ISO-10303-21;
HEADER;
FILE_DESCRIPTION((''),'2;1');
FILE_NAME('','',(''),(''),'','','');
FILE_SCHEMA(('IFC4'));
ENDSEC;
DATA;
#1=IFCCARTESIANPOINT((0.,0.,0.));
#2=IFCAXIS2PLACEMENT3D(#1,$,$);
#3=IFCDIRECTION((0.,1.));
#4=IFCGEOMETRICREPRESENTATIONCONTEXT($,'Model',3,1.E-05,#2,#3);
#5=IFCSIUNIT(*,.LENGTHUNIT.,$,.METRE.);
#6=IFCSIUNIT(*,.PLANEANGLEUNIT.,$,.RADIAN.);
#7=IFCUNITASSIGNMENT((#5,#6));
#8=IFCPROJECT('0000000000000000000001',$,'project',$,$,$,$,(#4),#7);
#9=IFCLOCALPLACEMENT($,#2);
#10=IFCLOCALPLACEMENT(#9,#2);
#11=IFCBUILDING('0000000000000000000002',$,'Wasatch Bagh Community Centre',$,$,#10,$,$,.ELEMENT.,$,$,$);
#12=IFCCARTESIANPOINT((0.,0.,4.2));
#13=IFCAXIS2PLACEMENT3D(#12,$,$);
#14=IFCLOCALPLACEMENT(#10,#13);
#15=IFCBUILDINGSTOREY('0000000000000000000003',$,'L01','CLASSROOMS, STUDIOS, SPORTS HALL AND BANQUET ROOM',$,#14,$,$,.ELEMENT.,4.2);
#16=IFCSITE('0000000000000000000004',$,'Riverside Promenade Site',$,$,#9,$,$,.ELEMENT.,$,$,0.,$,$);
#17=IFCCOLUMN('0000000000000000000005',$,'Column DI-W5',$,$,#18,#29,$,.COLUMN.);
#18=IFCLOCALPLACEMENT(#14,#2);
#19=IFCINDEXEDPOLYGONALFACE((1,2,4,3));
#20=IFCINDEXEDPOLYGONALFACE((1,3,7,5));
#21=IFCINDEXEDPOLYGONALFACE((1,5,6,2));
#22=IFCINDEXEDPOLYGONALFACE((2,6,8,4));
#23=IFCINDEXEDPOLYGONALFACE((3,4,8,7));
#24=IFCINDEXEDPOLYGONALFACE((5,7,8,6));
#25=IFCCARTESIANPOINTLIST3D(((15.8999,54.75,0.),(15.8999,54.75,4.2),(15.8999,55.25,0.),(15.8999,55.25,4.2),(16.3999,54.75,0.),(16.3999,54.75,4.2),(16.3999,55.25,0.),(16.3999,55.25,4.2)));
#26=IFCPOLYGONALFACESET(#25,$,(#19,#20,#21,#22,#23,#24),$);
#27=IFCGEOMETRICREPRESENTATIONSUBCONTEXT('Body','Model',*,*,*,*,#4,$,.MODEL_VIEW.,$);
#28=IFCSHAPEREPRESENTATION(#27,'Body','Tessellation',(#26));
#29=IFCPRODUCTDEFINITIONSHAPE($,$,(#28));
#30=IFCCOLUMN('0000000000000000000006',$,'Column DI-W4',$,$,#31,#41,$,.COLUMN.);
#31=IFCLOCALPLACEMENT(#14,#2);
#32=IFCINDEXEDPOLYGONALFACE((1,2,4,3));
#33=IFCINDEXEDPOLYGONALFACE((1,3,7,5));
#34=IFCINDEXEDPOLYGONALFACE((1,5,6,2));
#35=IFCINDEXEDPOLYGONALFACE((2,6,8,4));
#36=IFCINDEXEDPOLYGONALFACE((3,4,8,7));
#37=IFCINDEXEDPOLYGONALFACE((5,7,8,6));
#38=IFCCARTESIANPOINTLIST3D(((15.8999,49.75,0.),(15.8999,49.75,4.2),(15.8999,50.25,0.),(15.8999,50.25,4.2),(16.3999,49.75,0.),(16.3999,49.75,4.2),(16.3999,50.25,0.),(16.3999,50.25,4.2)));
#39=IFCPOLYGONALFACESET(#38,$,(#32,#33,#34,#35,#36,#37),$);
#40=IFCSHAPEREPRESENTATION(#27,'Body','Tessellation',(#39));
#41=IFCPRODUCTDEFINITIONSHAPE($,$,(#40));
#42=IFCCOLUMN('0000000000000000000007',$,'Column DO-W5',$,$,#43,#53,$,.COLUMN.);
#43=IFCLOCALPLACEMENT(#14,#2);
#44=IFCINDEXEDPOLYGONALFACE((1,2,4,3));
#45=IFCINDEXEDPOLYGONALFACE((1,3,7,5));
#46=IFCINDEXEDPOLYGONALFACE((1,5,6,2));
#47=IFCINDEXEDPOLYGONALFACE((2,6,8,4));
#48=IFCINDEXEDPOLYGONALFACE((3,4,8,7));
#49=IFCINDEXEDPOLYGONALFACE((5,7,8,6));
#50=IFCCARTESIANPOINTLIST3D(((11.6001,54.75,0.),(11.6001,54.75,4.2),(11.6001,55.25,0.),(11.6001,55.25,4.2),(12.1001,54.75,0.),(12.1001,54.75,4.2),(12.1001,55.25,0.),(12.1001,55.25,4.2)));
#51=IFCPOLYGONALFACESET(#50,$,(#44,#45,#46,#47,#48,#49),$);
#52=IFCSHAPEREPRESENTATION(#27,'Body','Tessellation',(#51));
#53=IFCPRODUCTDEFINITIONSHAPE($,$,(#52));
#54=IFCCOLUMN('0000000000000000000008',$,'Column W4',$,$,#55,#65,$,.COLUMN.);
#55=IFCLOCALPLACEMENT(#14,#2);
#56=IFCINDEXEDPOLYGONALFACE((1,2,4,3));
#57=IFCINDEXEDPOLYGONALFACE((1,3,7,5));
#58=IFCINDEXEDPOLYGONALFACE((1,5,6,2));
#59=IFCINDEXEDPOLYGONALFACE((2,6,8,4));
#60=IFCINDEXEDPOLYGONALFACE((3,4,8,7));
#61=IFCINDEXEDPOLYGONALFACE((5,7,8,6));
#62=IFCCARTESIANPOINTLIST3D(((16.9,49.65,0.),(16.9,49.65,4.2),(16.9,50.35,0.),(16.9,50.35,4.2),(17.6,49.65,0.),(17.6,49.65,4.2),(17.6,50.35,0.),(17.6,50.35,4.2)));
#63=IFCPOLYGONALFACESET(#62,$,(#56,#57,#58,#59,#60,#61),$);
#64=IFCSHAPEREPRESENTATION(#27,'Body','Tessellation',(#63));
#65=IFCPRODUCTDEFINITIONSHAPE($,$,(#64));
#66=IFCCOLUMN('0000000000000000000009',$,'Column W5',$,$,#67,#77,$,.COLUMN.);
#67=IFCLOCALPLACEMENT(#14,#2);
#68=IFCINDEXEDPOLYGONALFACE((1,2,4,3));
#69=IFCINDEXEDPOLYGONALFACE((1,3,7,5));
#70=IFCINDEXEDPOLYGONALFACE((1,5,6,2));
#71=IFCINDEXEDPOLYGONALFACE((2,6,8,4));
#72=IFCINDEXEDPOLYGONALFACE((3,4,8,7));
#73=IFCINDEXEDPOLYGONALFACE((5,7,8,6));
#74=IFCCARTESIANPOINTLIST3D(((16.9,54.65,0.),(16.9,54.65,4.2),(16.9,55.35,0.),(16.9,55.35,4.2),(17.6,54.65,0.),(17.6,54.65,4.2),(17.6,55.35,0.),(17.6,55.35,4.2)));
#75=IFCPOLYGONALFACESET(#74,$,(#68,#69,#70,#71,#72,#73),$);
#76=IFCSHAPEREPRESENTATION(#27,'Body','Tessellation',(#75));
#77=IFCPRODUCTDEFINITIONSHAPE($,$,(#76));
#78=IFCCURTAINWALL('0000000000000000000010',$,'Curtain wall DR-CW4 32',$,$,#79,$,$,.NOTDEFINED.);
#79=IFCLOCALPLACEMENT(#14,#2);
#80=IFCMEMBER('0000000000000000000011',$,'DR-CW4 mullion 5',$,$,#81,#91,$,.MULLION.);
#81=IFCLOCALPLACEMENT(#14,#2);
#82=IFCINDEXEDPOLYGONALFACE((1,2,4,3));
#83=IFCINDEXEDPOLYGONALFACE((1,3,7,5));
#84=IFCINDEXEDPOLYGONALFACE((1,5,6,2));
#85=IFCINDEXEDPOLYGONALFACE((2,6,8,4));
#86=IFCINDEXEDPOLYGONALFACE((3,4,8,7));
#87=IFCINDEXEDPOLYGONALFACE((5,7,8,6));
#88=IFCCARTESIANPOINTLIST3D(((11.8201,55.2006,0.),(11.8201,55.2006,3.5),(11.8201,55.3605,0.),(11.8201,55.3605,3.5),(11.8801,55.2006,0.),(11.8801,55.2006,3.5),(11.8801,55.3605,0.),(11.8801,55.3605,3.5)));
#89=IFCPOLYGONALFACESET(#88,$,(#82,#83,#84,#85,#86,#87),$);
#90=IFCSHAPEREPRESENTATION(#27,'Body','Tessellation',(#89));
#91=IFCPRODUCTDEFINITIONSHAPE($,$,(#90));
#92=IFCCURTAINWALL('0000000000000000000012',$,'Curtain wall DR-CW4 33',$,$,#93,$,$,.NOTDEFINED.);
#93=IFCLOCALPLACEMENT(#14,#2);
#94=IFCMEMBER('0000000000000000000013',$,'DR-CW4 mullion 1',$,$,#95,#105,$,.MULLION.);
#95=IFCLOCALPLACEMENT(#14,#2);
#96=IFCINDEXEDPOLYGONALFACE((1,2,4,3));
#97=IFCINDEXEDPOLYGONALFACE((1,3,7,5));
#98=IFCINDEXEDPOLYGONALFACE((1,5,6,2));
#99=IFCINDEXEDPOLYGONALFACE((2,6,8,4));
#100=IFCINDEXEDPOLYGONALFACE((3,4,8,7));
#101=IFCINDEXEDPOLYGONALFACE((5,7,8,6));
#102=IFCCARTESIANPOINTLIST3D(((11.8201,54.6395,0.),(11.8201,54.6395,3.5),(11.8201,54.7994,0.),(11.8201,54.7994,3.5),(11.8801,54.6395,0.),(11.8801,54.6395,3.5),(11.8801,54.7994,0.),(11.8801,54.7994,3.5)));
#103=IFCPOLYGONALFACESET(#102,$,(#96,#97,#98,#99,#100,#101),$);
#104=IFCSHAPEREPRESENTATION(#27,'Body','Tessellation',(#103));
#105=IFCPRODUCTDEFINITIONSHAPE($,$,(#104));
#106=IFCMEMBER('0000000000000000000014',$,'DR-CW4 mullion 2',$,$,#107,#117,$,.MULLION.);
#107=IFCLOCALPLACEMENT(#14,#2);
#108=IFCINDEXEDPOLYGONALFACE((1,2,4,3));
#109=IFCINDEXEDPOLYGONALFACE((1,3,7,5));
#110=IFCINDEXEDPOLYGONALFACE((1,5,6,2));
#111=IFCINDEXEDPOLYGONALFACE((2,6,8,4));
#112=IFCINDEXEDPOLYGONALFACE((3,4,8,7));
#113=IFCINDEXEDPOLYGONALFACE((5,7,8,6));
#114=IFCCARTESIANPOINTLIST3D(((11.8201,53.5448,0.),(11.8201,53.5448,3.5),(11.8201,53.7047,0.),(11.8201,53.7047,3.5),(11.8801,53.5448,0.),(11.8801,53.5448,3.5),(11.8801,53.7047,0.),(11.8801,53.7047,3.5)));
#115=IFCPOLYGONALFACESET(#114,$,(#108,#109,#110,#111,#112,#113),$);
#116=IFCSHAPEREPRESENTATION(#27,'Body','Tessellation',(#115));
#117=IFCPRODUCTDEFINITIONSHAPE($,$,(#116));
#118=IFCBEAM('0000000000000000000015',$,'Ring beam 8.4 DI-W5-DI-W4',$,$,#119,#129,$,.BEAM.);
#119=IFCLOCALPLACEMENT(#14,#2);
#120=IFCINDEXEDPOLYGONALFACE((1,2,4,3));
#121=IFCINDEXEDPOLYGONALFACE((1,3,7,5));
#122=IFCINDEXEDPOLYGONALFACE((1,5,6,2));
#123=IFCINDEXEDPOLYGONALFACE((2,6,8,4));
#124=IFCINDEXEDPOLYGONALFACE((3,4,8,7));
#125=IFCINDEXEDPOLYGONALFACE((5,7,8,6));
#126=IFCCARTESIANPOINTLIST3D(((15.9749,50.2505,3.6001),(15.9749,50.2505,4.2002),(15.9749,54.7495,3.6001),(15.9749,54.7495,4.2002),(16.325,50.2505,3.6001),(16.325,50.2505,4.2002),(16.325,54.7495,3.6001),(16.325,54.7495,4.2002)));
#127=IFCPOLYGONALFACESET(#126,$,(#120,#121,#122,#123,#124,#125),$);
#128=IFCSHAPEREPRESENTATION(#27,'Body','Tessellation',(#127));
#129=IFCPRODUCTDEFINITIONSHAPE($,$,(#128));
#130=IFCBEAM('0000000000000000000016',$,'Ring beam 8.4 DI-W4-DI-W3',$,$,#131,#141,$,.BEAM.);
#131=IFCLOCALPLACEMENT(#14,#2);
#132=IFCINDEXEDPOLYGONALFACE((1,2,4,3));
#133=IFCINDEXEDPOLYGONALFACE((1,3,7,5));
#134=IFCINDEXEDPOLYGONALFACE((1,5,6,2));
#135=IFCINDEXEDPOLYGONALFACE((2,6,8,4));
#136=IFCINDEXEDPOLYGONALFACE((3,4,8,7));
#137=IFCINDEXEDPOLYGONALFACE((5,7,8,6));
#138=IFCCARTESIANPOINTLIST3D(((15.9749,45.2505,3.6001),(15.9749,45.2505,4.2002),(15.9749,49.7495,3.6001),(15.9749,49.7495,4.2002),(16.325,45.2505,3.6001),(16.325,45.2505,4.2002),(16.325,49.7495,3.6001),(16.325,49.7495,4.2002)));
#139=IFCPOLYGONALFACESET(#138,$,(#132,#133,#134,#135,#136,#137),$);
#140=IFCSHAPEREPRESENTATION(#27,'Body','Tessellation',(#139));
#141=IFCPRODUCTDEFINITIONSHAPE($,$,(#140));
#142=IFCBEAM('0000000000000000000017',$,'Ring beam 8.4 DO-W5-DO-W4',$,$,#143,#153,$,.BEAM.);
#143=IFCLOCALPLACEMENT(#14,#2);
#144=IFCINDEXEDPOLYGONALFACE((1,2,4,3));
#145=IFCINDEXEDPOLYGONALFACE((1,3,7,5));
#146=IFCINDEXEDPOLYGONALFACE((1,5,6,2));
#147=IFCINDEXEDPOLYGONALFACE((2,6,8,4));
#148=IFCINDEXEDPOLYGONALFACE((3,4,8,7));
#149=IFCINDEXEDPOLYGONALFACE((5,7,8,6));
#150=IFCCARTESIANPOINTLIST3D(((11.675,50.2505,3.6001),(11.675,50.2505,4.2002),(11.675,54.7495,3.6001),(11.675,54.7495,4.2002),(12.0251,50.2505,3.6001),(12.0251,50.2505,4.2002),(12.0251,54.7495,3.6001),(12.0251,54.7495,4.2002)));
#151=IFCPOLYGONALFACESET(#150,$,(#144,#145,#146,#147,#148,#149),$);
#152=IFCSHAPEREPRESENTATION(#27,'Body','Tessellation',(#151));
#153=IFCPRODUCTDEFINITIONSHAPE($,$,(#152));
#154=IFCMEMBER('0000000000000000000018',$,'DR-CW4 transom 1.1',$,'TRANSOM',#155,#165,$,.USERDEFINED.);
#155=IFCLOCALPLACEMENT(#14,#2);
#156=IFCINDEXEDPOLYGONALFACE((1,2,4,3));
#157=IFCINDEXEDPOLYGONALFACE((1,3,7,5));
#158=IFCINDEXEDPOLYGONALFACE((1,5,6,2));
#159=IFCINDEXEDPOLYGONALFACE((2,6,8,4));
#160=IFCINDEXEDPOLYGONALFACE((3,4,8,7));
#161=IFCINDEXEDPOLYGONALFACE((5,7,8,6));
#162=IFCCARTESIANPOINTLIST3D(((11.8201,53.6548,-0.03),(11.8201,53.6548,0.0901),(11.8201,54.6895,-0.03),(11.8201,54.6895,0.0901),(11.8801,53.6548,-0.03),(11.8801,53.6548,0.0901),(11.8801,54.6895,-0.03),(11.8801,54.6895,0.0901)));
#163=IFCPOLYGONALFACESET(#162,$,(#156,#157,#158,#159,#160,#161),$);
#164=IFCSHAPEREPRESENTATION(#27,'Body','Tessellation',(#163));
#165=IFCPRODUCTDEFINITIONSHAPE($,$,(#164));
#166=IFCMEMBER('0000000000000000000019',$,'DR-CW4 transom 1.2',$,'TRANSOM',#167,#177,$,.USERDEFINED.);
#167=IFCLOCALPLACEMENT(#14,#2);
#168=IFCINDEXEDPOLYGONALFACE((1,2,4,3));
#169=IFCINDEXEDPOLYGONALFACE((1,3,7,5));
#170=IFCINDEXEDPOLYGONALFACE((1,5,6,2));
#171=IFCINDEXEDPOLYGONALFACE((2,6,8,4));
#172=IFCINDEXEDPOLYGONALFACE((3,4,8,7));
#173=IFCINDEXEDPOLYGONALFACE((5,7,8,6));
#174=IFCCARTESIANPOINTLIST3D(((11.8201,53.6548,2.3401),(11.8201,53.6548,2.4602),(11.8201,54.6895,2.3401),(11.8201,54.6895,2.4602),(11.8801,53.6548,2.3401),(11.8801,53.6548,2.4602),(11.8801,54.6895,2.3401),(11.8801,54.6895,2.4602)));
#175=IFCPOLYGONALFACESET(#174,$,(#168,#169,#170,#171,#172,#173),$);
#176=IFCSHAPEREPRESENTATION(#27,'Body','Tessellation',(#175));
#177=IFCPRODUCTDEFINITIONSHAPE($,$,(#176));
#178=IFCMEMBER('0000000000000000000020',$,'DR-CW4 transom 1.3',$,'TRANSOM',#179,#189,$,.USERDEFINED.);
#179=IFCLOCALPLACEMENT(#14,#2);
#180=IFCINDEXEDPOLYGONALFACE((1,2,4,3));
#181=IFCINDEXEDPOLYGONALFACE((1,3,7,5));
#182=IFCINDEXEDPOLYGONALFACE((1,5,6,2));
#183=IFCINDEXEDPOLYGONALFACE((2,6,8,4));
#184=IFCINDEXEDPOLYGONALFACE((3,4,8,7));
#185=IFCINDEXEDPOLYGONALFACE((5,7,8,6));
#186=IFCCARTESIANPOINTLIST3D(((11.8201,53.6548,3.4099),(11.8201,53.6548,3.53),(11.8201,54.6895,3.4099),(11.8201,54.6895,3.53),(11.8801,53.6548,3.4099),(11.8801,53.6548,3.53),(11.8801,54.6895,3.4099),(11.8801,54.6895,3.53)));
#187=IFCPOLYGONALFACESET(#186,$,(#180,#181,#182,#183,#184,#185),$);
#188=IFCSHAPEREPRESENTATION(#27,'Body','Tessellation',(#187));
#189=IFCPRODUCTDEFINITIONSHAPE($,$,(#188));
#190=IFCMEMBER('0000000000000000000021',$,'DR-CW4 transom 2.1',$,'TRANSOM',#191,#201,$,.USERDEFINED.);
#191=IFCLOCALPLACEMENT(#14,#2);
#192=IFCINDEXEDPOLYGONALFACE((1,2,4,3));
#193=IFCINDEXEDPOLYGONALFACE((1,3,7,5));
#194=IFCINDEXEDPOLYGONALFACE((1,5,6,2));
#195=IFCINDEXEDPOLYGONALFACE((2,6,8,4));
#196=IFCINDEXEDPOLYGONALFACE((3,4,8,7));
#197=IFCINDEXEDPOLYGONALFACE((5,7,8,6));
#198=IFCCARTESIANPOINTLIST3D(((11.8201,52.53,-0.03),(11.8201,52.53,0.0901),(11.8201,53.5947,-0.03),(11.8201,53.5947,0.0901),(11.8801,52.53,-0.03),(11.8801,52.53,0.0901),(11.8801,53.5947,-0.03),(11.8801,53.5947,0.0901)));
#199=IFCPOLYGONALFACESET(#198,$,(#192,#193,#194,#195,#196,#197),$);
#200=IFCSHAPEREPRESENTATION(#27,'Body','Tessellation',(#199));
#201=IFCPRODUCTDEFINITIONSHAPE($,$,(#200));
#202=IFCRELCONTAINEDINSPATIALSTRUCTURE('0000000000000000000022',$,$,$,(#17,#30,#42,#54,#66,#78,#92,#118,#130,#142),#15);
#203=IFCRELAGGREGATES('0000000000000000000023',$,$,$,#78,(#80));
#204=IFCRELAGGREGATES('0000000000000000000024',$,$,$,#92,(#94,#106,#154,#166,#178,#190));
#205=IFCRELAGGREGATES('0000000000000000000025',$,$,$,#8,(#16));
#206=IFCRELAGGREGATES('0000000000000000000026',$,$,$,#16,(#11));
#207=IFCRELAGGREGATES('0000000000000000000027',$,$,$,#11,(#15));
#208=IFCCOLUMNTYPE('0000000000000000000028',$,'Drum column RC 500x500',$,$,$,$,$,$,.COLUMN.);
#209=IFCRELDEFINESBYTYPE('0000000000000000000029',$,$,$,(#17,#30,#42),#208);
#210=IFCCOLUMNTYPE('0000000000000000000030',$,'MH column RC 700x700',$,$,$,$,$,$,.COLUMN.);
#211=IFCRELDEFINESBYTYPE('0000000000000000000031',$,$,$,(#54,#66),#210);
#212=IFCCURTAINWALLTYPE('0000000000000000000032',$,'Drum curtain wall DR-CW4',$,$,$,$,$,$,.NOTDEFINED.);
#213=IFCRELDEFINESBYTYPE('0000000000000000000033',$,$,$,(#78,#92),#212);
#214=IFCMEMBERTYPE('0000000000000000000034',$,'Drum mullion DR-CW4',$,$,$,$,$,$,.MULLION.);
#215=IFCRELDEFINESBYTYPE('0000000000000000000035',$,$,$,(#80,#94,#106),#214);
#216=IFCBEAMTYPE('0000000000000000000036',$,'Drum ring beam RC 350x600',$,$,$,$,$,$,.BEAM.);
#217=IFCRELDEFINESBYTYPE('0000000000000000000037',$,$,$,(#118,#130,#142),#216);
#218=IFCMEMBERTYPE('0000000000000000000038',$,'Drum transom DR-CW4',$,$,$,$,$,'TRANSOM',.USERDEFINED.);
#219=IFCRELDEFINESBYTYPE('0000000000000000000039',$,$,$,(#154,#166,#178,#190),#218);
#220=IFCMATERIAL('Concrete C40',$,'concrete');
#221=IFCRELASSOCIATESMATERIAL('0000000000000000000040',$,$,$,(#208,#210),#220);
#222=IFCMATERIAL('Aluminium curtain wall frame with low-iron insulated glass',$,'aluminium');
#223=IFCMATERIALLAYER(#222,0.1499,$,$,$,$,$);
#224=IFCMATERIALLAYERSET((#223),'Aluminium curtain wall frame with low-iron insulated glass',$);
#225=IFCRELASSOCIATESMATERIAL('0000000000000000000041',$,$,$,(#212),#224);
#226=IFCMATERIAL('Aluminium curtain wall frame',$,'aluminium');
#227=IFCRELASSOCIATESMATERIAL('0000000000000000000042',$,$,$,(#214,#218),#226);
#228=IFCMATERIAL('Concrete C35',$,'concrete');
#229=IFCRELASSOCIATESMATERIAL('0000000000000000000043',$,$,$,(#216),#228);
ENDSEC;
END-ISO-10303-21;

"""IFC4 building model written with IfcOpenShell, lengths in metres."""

from ifc_helpers import new_model, si_unit, direction, frame, origin, origin_2d, place, context, subcontext, project, spatial, rectangle, extrude, material, layer, layer_set, material_profile, profile_set, type_object, element, aggregate, save


model = new_model("IFC4")

# Units and contexts
model_context = context("Model", 3, precision=1e-05, world=origin(), true_north=direction((0.0, 1.0)))
body_context = subcontext(model_context, "Body", "Model", "MODEL_VIEW")
ifc_project = project(units=[si_unit("LENGTHUNIT", "METRE"), si_unit("PLANEANGLEUNIT", "RADIAN")], contexts=[model_context])

# Site, building, storey
site_placement = place(None, origin())
site = spatial("IfcSite", under=ifc_project, at=site_placement, Name="Riverside Promenade Site", CompositionType="ELEMENT", RefElevation=0.0)
building_placement = place(site_placement, origin())
building = spatial("IfcBuilding", under=site, at=building_placement, Name="Wasatch Bagh Community Centre", CompositionType="ELEMENT")
storey_placement = place(building_placement, frame((0.0, 0.0, 4.2)))
storey = spatial("IfcBuildingStorey", under=building, at=storey_placement, Name="L01", Description="CLASSROOMS, STUDIOS, SPORTS HALL AND BANQUET ROOM", CompositionType="ELEMENT", Elevation=4.2)

# Columns
ifc_material_1 = material(Name="Concrete C40", Category="concrete")
ifc_material_profile_1 = material_profile(ifc_material_1, rectangle(XDim=0.5, YDim=0.5, at=origin_2d()), Name="RC 500x500")
ifc_profile_set_1 = profile_set([ifc_material_profile_1], Name="Concrete C40")
column_type_1 = type_object("IfcColumnType", Name="Drum column RC 500x500", PredefinedType="COLUMN", material=ifc_profile_set_1)
for number, where, z_axis, x_axis, name in (
    (1, (16.1499, 55.0, 0.0), (0.0, 0.0, 1.0), (1.0, 0.0, 0.0), "Column DI-W5"),
    (2, (16.1499, 50.0, 0.0), (0.0, 0.0, 1.0), (1.0, 0.0, 0.0), "Column DI-W4"),
    (3, (11.8501, 55.0, 0.0), (0.0, 0.0, 1.0), (1.0, 0.0, 0.0), "Column DO-W5"),
):
    element("IfcColumn", number, at=place(storey_placement, frame(where, z_axis=z_axis, x_axis=x_axis)), inside=storey, type_object=column_type_1, Name=name, PredefinedType="COLUMN", context=body_context, shape_type="SweptSolid", body=[
        extrude(rectangle(XDim=0.5, YDim=0.5, at=origin_2d()), origin(), (0.0, 0.0, 1.0), 4.2),
    ])
ifc_material_profile_2 = material_profile(ifc_material_1, rectangle(XDim=0.7, YDim=0.7, at=origin_2d()), Name="RC 700x700")
ifc_profile_set_2 = profile_set([ifc_material_profile_2], Name="Concrete C40")
column_type_2 = type_object("IfcColumnType", Name="MH column RC 700x700", PredefinedType="COLUMN", material=ifc_profile_set_2)
for number, where, z_axis, x_axis, name in (
    (4, (17.25, 50.0, 0.0), (0.0, 0.0, 1.0), (1.0, 0.0, 0.0), "Column W4"),
    (5, (17.25, 55.0, 0.0), (0.0, 0.0, 1.0), (1.0, 0.0, 0.0), "Column W5"),
):
    element("IfcColumn", number, at=place(storey_placement, frame(where, z_axis=z_axis, x_axis=x_axis)), inside=storey, type_object=column_type_2, Name=name, PredefinedType="COLUMN", context=body_context, shape_type="SweptSolid", body=[
        extrude(rectangle(XDim=0.7, YDim=0.7, at=origin_2d()), origin(), (0.0, 0.0, 1.0), 4.2),
    ])

# Curtain wall, member
ifc_material_2 = material(Name="Aluminium curtain wall frame with low-iron insulated glass", Category="aluminium")
ifc_layer_1 = layer(ifc_material_2, 0.1499)
ifc_layer_set_1 = layer_set([ifc_layer_1], Name="Aluminium curtain wall frame with low-iron insulated glass")
curtain_wall_type = type_object("IfcCurtainWallType", Name="Drum curtain wall DR-CW4", PredefinedType="NOTDEFINED", material=ifc_layer_set_1)
curtain_wall_1_placement = place(storey_placement, origin())
curtain_wall_1 = element("IfcCurtainWall", 6, at=curtain_wall_1_placement, inside=storey, type_object=curtain_wall_type, Name="Curtain wall DR-CW4 32", PredefinedType="NOTDEFINED")
ifc_material_3 = material(Name="Aluminium curtain wall frame", Category="aluminium")
ifc_material_profile_3 = material_profile(ifc_material_3, rectangle(XDim=0.0601, YDim=0.1599, at=origin_2d()), Name="Drum mullion DR-CW4")
ifc_profile_set_3 = profile_set([ifc_material_profile_3], Name="Aluminium curtain wall frame")
member_type_1 = type_object("IfcMemberType", Name="Drum mullion DR-CW4", PredefinedType="MULLION", material=ifc_profile_set_3)
member_1_placement = place(storey_placement, frame((11.8501, 55.2805, 0.0), z_axis=(0.0, 0.0, 1.0), x_axis=(1.0, 0.0, 0.0)))
member_1 = element("IfcMember", 7, at=member_1_placement, type_object=member_type_1, Name="DR-CW4 mullion 5", PredefinedType="MULLION", context=body_context, shape_type="SweptSolid", body=[
    extrude(rectangle(XDim=0.0601, YDim=0.1599, at=origin_2d()), origin(), (0.0, 0.0, 1.0), 3.5),
])

# Curtain wall, members
curtain_wall_2_placement = place(storey_placement, origin())
curtain_wall_2 = element("IfcCurtainWall", 8, at=curtain_wall_2_placement, inside=storey, type_object=curtain_wall_type, Name="Curtain wall DR-CW4 33", PredefinedType="NOTDEFINED")
member_2_placement = place(storey_placement, frame((11.8501, 54.7195, 0.0), z_axis=(0.0, 0.0, 1.0), x_axis=(1.0, 0.0, 0.0)))
member_2 = element("IfcMember", 9, at=member_2_placement, type_object=member_type_1, Name="DR-CW4 mullion 1", PredefinedType="MULLION", context=body_context, shape_type="SweptSolid", body=[
    extrude(rectangle(XDim=0.0601, YDim=0.1599, at=origin_2d()), origin(), (0.0, 0.0, 1.0), 3.5),
])
member_3_placement = place(storey_placement, frame((11.8501, 53.6248, 0.0), z_axis=(0.0, 0.0, 1.0), x_axis=(1.0, 0.0, 0.0)))
member_3 = element("IfcMember", 10, at=member_3_placement, type_object=member_type_1, Name="DR-CW4 mullion 2", PredefinedType="MULLION", context=body_context, shape_type="SweptSolid", body=[
    extrude(rectangle(XDim=0.0601, YDim=0.1599, at=origin_2d()), origin(), (0.0, 0.0, 1.0), 3.5),
])

# Beams
ifc_material_4 = material(Name="Concrete C35", Category="concrete")
ifc_material_profile_4 = material_profile(ifc_material_4, rectangle(XDim=0.3501, YDim=0.6001, at=origin_2d()), Name="RC 350x600")
ifc_profile_set_4 = profile_set([ifc_material_profile_4], Name="Concrete C35")
beam_type_1 = type_object("IfcBeamType", Name="Drum ring beam RC 350x600", PredefinedType="BEAM", material=ifc_profile_set_4)
for number, where, z_axis, x_axis, name in (
    (11, (16.1499, 54.7495, 3.9001), (0.0, -1.0, 0.0), (1.0, 0.0, 0.0), "Ring beam 8.4 DI-W5-DI-W4"),
    (12, (16.1499, 49.7495, 3.9001), (0.0, -1.0, 0.0), (1.0, 0.0, 0.0), "Ring beam 8.4 DI-W4-DI-W3"),
    (13, (11.8501, 54.7495, 3.9001), (0.0, -1.0, 0.0), (1.0, 0.0, 0.0), "Ring beam 8.4 DO-W5-DO-W4"),
):
    element("IfcBeam", number, at=place(storey_placement, frame(where, z_axis=z_axis, x_axis=x_axis)), inside=storey, type_object=beam_type_1, Name=name, PredefinedType="BEAM", context=body_context, shape_type="SweptSolid", body=[
        extrude(rectangle(XDim=0.3501, YDim=0.6001, at=origin_2d()), origin(), (0.0, 0.0, 1.0), 4.499),
    ])

# Members
ifc_material_profile_5 = material_profile(ifc_material_3, rectangle(XDim=0.0601, YDim=0.1201, at=origin_2d()), Name="Drum transom DR-CW4")
ifc_profile_set_5 = profile_set([ifc_material_profile_5], Name="Aluminium curtain wall frame")
member_type_2 = type_object("IfcMemberType", Name="Drum transom DR-CW4", ElementType="TRANSOM", PredefinedType="USERDEFINED", material=ifc_profile_set_5)
member_4_placement = place(storey_placement, frame((11.8501, 54.6895, 0.03), z_axis=(0.0, -1.0, 0.0), x_axis=(1.0, 0.0, 0.0)))
member_4 = element("IfcMember", 14, at=member_4_placement, type_object=member_type_2, Name="DR-CW4 transom 1.1", ObjectType="TRANSOM", PredefinedType="USERDEFINED", context=body_context, shape_type="SweptSolid", body=[
    extrude(rectangle(XDim=0.0601, YDim=0.1201, at=origin_2d()), origin(), (0.0, 0.0, 1.0), 1.0347),
])
member_5_placement = place(storey_placement, frame((11.8501, 54.6895, 2.4001), z_axis=(0.0, -1.0, 0.0), x_axis=(1.0, 0.0, 0.0)))
member_5 = element("IfcMember", 15, at=member_5_placement, type_object=member_type_2, Name="DR-CW4 transom 1.2", ObjectType="TRANSOM", PredefinedType="USERDEFINED", context=body_context, shape_type="SweptSolid", body=[
    extrude(rectangle(XDim=0.0601, YDim=0.1201, at=origin_2d()), origin(), (0.0, 0.0, 1.0), 1.0347),
])
member_6_placement = place(storey_placement, frame((11.8501, 54.6895, 3.47), z_axis=(0.0, -1.0, 0.0), x_axis=(1.0, 0.0, 0.0)))
member_6 = element("IfcMember", 16, at=member_6_placement, type_object=member_type_2, Name="DR-CW4 transom 1.3", ObjectType="TRANSOM", PredefinedType="USERDEFINED", context=body_context, shape_type="SweptSolid", body=[
    extrude(rectangle(XDim=0.0601, YDim=0.1201, at=origin_2d()), origin(), (0.0, 0.0, 1.0), 1.0347),
])
member_7_placement = place(storey_placement, frame((11.8501, 53.5947, 0.03), z_axis=(0.0, -1.0, 0.0), x_axis=(1.0, 0.0, 0.0)))
member_7 = element("IfcMember", 17, at=member_7_placement, type_object=member_type_2, Name="DR-CW4 transom 2.1", ObjectType="TRANSOM", PredefinedType="USERDEFINED", context=body_context, shape_type="SweptSolid", body=[
    extrude(rectangle(XDim=0.0601, YDim=0.1201, at=origin_2d()), origin(), (0.0, 0.0, 1.0), 1.0647),
])

aggregate(curtain_wall_1, [member_1])
aggregate(curtain_wall_2, [member_2, member_3, member_4, member_5, member_6, member_7])

save(model, "model.ifc")
